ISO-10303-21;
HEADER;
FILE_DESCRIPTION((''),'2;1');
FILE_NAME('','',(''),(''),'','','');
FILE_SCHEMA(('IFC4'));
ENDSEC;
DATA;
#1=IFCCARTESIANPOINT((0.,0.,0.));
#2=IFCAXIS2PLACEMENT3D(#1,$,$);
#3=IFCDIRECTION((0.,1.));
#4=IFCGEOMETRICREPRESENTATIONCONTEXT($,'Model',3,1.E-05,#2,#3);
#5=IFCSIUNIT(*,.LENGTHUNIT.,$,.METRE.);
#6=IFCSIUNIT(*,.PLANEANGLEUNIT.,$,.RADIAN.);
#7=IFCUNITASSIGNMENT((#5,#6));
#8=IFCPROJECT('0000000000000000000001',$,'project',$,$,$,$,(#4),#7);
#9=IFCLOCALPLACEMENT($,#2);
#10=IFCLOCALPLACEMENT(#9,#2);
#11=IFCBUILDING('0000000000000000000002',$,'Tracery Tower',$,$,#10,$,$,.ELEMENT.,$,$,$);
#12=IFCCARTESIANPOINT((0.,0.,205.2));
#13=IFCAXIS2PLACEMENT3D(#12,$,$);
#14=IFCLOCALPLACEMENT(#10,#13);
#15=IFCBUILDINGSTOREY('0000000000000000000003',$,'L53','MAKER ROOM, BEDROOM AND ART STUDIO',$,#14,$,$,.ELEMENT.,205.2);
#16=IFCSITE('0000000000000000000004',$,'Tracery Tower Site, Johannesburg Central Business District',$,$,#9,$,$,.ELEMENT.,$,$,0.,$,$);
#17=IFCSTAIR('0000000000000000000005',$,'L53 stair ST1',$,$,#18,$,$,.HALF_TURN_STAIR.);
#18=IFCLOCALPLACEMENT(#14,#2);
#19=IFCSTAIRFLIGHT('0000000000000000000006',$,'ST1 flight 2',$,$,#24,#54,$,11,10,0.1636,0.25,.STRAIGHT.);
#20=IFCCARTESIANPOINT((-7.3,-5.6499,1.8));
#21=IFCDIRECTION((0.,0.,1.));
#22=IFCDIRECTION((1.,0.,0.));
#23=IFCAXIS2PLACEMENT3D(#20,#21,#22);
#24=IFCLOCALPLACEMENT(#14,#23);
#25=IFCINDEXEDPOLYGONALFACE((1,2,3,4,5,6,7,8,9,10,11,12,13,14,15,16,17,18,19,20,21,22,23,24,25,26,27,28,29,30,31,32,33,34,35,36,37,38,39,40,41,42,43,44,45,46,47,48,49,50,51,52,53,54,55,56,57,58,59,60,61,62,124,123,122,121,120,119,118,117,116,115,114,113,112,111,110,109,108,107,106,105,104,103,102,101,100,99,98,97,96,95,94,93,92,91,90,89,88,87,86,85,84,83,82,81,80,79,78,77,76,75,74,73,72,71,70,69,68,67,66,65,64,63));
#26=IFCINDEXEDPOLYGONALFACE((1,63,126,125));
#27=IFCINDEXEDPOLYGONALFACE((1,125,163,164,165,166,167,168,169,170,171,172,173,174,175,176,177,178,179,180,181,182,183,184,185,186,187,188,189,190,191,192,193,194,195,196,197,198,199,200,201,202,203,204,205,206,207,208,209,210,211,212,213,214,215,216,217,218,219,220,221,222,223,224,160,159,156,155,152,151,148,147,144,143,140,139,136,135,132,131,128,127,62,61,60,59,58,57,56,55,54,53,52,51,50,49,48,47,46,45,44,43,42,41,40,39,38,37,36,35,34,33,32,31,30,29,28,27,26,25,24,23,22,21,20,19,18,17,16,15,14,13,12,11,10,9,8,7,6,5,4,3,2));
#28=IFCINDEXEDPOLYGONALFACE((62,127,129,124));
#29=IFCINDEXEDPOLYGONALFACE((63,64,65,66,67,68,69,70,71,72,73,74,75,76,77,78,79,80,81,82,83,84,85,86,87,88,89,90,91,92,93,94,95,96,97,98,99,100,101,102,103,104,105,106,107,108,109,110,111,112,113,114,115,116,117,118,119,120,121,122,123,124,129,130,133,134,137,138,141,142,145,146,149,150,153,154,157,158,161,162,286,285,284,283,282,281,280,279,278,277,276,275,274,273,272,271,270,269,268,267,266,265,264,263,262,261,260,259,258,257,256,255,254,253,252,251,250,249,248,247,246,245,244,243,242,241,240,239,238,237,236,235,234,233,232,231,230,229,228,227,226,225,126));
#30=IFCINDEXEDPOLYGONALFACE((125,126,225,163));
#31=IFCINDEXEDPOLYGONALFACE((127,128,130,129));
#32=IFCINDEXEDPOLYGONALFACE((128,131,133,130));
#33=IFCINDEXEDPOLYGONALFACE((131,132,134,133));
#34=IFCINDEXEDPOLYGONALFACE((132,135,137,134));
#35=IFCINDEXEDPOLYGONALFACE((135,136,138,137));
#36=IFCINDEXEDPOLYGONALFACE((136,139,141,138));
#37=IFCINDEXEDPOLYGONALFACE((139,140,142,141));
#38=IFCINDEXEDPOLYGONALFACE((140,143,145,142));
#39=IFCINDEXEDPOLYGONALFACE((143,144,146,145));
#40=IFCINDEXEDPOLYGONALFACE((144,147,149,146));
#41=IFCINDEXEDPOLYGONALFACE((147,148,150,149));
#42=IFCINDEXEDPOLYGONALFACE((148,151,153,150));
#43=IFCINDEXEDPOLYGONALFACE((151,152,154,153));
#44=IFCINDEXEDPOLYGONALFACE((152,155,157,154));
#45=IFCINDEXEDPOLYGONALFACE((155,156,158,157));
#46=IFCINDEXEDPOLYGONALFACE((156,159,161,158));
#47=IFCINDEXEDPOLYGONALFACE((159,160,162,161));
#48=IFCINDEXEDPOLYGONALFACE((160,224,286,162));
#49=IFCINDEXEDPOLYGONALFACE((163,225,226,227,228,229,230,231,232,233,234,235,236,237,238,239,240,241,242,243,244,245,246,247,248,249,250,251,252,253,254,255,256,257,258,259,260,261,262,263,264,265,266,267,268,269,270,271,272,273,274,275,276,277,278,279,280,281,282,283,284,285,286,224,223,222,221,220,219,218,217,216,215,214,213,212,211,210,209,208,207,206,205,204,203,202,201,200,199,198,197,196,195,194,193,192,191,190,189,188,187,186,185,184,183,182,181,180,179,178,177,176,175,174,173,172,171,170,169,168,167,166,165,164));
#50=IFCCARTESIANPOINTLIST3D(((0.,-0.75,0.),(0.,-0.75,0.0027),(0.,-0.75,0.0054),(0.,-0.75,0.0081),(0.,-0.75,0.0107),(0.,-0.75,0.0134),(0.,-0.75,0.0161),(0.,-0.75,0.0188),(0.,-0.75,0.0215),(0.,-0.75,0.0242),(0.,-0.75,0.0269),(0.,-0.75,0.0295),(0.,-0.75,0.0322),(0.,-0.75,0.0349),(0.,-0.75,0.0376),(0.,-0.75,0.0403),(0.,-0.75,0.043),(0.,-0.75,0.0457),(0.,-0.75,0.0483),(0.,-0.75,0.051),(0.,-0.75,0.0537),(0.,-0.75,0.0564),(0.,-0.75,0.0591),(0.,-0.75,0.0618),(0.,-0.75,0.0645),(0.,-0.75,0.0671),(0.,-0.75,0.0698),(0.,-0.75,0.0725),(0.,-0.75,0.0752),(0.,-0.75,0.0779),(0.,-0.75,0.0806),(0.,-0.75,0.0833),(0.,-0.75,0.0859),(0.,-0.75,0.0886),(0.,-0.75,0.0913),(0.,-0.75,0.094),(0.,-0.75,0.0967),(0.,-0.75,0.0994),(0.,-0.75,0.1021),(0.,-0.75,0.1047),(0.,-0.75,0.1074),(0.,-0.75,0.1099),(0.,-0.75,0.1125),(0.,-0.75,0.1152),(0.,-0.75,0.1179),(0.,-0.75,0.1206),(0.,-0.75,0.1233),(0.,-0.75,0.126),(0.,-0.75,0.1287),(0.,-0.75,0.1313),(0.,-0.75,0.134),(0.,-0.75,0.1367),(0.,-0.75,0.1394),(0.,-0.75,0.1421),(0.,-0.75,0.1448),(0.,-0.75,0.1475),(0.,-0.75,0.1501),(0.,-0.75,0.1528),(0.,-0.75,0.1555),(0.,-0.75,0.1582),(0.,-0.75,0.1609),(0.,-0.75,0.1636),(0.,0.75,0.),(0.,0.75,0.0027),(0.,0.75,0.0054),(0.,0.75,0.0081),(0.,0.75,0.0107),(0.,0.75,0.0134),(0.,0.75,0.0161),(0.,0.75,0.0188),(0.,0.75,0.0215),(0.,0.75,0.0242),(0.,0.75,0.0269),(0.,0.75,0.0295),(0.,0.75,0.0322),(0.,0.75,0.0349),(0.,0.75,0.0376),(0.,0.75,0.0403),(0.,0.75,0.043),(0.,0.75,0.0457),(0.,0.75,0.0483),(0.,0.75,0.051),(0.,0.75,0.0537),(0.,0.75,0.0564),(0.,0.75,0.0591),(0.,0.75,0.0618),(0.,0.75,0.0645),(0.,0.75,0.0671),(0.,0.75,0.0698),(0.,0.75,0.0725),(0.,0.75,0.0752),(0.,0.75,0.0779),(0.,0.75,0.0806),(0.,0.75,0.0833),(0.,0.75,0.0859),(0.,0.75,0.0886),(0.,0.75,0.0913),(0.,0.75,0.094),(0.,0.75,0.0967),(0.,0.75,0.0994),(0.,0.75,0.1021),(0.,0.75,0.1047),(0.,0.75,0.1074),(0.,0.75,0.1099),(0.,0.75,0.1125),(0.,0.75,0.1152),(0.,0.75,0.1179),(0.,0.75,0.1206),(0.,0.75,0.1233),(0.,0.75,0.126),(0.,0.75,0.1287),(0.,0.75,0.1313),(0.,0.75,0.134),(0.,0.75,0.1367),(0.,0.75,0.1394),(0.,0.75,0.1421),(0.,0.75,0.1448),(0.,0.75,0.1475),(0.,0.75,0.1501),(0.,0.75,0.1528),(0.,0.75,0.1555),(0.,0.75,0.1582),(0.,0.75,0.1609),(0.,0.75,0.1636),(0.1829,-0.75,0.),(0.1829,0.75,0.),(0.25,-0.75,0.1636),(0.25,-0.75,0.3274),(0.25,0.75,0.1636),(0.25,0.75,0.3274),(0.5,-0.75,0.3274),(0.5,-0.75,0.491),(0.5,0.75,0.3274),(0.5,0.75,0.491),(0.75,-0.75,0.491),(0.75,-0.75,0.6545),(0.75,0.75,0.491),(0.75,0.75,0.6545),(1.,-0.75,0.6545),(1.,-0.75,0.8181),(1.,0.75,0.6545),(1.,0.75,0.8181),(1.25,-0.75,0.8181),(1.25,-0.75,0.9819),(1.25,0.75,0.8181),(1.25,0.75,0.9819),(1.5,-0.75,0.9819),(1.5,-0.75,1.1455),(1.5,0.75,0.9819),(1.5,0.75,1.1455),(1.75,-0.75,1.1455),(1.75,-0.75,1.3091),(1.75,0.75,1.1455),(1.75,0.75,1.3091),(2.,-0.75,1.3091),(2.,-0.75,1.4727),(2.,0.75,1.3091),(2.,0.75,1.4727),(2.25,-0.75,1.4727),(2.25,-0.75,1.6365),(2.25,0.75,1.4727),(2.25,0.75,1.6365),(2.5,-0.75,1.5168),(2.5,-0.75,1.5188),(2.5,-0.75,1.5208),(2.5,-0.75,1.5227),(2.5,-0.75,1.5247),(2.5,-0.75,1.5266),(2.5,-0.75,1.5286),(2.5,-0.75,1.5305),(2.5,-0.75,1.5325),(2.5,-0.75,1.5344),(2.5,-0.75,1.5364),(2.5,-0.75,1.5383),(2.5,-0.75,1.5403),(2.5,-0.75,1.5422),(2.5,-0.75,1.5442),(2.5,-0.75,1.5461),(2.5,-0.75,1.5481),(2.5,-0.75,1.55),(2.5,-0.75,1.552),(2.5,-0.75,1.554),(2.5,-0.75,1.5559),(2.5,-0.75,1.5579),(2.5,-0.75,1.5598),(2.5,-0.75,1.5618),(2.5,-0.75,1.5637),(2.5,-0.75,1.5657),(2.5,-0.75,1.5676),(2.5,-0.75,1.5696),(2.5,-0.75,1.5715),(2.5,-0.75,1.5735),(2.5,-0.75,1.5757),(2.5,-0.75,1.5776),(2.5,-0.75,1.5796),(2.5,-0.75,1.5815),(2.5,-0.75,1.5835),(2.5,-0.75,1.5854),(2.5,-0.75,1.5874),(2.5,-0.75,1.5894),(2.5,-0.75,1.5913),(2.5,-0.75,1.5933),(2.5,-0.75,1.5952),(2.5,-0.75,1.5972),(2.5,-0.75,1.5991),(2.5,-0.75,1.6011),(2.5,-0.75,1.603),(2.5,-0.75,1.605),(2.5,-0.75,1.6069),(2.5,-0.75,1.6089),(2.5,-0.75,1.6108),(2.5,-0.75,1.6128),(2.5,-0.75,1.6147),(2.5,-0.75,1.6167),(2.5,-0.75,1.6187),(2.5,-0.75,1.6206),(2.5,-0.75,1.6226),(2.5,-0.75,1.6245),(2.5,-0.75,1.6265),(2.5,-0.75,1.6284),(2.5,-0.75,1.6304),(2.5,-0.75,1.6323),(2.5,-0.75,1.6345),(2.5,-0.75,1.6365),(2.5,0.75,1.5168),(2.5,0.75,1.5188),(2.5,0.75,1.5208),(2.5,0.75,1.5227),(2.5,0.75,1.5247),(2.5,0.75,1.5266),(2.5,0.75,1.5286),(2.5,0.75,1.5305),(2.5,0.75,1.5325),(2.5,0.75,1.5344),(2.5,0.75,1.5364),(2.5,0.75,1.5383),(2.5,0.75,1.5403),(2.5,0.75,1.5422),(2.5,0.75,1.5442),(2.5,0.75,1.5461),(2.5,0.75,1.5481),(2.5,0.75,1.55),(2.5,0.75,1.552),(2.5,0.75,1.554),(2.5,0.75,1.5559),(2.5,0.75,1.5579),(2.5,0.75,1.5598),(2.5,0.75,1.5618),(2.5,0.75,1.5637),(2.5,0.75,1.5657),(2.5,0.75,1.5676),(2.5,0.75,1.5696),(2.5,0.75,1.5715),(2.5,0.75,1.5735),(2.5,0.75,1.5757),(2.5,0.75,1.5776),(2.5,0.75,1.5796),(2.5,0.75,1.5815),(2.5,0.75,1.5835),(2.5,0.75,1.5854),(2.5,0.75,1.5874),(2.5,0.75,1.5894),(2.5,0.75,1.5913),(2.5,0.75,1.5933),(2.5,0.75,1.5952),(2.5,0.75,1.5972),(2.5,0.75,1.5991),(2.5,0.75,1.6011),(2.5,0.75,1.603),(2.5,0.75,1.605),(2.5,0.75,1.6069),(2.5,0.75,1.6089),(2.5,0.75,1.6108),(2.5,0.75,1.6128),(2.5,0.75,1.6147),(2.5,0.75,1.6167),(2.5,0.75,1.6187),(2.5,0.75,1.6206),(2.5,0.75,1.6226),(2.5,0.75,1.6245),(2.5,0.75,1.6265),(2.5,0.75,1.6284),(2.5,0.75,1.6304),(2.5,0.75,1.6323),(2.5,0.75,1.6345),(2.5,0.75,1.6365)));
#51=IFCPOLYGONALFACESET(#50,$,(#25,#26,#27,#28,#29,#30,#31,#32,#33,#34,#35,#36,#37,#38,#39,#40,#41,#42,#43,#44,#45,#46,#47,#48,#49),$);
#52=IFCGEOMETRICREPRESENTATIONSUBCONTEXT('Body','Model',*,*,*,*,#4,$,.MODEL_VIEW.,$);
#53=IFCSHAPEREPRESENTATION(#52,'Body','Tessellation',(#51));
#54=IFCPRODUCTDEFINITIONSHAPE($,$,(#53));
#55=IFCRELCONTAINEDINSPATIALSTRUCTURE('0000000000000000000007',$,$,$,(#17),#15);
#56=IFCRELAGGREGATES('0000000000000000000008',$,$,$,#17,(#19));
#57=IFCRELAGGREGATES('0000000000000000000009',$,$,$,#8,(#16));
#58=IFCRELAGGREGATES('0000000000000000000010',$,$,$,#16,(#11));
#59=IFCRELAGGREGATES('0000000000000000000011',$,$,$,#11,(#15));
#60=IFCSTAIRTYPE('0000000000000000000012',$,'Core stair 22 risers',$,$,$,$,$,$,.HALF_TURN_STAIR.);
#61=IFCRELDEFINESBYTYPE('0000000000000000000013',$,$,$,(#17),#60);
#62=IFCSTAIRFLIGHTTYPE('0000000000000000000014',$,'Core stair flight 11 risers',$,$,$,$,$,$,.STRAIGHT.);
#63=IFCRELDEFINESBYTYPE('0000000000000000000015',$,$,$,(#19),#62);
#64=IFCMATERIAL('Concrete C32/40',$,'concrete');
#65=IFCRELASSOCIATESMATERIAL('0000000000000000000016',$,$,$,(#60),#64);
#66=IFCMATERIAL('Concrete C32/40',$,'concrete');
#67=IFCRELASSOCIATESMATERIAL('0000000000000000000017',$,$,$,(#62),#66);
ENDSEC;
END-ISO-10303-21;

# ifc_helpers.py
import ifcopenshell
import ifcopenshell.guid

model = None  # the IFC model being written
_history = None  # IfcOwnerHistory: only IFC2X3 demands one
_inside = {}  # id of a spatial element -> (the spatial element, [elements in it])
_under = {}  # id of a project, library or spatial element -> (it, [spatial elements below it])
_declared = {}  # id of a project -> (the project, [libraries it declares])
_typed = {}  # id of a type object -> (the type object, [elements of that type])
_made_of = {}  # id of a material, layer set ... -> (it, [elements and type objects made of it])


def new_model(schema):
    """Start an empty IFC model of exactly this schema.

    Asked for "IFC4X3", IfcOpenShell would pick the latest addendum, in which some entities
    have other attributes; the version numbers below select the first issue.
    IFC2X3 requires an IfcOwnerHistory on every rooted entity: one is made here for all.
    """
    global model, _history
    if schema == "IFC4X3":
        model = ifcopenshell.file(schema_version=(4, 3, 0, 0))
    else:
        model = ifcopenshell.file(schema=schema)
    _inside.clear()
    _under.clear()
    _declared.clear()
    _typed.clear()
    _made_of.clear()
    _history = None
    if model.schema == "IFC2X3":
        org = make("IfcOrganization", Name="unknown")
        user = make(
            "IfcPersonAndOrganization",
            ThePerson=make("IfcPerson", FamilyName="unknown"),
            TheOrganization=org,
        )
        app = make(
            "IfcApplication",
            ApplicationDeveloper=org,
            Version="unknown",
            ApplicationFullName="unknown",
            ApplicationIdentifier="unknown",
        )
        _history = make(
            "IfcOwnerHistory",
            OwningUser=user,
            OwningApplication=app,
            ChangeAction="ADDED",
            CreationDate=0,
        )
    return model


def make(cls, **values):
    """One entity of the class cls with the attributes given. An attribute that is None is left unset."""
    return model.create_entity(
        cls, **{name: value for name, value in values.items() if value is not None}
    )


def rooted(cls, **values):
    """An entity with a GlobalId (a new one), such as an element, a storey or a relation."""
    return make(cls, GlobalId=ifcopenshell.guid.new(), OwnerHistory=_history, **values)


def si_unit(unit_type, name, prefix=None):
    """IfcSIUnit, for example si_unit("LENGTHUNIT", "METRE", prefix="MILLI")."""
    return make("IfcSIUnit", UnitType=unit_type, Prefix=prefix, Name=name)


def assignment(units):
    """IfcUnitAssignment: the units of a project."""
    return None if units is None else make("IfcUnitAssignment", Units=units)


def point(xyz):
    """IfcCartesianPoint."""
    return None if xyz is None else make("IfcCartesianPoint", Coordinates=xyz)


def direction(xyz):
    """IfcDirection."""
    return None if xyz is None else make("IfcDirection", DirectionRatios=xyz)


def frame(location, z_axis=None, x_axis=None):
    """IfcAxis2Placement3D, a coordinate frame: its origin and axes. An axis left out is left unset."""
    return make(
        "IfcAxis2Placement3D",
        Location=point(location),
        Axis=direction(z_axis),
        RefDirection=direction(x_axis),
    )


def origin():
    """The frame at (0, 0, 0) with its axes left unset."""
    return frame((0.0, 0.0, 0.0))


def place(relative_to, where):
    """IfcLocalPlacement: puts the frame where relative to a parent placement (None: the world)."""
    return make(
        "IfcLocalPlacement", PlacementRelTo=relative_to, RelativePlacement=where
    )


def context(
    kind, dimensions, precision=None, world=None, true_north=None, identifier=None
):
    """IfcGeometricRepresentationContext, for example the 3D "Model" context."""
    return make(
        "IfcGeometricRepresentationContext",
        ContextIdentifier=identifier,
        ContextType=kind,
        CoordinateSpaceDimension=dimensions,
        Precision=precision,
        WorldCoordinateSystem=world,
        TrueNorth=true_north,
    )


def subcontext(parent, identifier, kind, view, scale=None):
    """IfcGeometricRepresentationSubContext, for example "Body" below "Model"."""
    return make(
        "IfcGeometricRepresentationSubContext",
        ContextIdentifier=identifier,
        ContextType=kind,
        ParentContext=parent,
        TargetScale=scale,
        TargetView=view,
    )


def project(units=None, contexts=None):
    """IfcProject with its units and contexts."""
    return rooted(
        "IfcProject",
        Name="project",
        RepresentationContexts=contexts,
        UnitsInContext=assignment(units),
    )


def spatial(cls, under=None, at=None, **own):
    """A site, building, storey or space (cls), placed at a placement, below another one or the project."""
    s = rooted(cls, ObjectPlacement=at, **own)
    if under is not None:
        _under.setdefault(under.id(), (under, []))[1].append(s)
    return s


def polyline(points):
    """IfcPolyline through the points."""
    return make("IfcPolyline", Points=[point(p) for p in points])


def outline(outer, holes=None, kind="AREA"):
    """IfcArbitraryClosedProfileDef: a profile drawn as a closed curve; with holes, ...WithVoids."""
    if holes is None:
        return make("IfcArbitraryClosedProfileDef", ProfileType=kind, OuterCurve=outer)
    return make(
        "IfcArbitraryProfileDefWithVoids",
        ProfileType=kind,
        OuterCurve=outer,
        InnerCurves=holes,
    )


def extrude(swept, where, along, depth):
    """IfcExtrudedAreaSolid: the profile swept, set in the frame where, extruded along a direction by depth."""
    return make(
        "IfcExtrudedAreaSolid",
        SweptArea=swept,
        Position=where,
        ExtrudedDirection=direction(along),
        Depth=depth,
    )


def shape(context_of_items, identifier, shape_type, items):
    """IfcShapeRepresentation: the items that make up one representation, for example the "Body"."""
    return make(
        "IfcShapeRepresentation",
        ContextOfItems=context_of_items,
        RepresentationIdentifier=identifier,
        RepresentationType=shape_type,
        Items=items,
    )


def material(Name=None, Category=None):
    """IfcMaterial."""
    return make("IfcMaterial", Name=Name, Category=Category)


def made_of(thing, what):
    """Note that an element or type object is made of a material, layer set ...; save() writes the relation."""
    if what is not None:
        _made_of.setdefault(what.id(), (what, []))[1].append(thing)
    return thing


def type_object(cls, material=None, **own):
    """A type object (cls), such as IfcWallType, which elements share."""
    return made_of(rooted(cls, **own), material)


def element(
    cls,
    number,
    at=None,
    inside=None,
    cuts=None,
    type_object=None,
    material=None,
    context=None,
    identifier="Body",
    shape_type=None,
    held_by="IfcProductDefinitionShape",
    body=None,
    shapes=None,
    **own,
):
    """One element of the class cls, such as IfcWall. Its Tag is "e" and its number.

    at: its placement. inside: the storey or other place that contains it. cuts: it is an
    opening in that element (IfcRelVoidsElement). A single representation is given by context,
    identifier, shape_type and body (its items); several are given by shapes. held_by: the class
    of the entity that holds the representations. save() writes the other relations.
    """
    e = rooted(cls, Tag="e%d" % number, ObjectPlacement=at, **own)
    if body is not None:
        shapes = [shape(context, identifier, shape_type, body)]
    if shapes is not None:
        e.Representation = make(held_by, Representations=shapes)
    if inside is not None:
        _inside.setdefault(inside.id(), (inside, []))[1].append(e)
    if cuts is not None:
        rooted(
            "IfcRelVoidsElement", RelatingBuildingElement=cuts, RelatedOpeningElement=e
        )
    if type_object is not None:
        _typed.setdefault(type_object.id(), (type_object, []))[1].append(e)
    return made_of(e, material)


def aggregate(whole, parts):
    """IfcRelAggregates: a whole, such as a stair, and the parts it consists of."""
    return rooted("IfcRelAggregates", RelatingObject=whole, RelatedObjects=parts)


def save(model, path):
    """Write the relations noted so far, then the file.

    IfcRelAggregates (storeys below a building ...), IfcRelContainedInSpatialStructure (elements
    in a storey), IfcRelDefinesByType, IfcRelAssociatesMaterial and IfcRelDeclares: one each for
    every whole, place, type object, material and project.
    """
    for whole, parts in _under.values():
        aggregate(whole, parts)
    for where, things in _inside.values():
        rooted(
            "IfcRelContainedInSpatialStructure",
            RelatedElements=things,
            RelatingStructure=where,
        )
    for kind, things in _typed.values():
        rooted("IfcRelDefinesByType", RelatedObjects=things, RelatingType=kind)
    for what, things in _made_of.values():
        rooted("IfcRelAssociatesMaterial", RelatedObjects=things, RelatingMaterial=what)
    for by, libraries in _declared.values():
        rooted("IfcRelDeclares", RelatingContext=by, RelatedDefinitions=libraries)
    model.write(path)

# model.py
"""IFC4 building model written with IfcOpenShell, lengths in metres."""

from ifc_helpers import new_model, si_unit, direction, frame, origin, place, context, subcontext, project, spatial, polyline, outline, extrude, material, type_object, element, aggregate, save


model = new_model("IFC4")

# Units and contexts
model_context = context("Model", 3, precision=1e-05, world=origin(), true_north=direction((0.0, 1.0)))
body_context = subcontext(model_context, "Body", "Model", "MODEL_VIEW")
ifc_project = project(units=[si_unit("LENGTHUNIT", "METRE"), si_unit("PLANEANGLEUNIT", "RADIAN")], contexts=[model_context])

# Site, building, storey
site_placement = place(None, origin())
site = spatial("IfcSite", under=ifc_project, at=site_placement, Name="Tracery Tower Site, Johannesburg Central Business District", CompositionType="ELEMENT", RefElevation=0.0)
building_placement = place(site_placement, origin())
building = spatial("IfcBuilding", under=site, at=building_placement, Name="Tracery Tower", CompositionType="ELEMENT")
storey_placement = place(building_placement, frame((0.0, 0.0, 205.2)))
storey = spatial("IfcBuildingStorey", under=building, at=storey_placement, Name="L53", Description="MAKER ROOM, BEDROOM AND ART STUDIO", CompositionType="ELEMENT", Elevation=205.2)

# Stair, stair flight
ifc_material_1 = material(Name="Concrete C32/40", Category="concrete")
stair_type = type_object("IfcStairType", Name="Core stair 22 risers", PredefinedType="HALF_TURN_STAIR", material=ifc_material_1)
stair_placement = place(storey_placement, origin())
stair = element("IfcStair", 1, at=stair_placement, inside=storey, type_object=stair_type, Name="L53 stair ST1", PredefinedType="HALF_TURN_STAIR")
ifc_material_2 = material(Name="Concrete C32/40", Category="concrete")
stair_flight_type = type_object("IfcStairFlightType", Name="Core stair flight 11 risers", PredefinedType="STRAIGHT", material=ifc_material_2)
stair_flight_1_placement = place(storey_placement, frame((-7.3, -5.6499, 1.8), z_axis=(0.0, 0.0, 1.0), x_axis=(1.0, 0.0, 0.0)))
stair_flight_1 = element("IfcStairFlight", 2, at=stair_flight_1_placement, type_object=stair_flight_type, Name="ST1 flight 2", NumberOfRisers=11, NumberOfTreads=10, PredefinedType="STRAIGHT", RiserHeight=0.1636, TreadLength=0.25, context=body_context, shape_type="SweptSolid", body=[
    extrude(outline(polyline([(0.0, 0.0), (0.0, 0.0027), (0.0, 0.0054), (0.0, 0.0081), (0.0, 0.0107), (0.0, 0.0134), (0.0, 0.0161), (0.0, 0.0188), (0.0, 0.0215), (0.0, 0.0242), (0.0, 0.0269), (0.0, 0.0295), (0.0, 0.0322), (0.0, 0.0349), (0.0, 0.0376), (0.0, 0.0403), (0.0, 0.043), (0.0, 0.0457), (0.0, 0.0483), (0.0, 0.051), (0.0, 0.0537), (0.0, 0.0564), (0.0, 0.0591), (0.0, 0.0618), (0.0, 0.0645), (0.0, 0.0671), (0.0, 0.0698), (0.0, 0.0725), (0.0, 0.0752), (0.0, 0.0779), (0.0, 0.0806), (0.0, 0.0833), (0.0, 0.0859), (0.0, 0.0886), (0.0, 0.0913), (0.0, 0.094), (0.0, 0.0967), (0.0, 0.0994), (0.0, 0.1021), (0.0, 0.1047), (0.0, 0.1074), (0.0, 0.1099), (0.0, 0.1125), (0.0, 0.1152), (0.0, 0.1179), (0.0, 0.1206), (0.0, 0.1233), (0.0, 0.126), (0.0, 0.1287), (0.0, 0.1313), (0.0, 0.134), (0.0, 0.1367), (0.0, 0.1394), (0.0, 0.1421), (0.0, 0.1448), (0.0, 0.1475), (0.0, 0.1501), (0.0, 0.1528), (0.0, 0.1555), (0.0, 0.1582), (0.0, 0.1609), (0.0, 0.1636), (0.25, 0.1636), (0.25, 0.3274), (0.5, 0.3274), (0.5, 0.491), (0.75, 0.491), (0.75, 0.6545), (1.0, 0.6545), (1.0, 0.8181), (1.25, 0.8181), (1.25, 0.9819), (1.5, 0.9819), (1.5, 1.1455), (1.75, 1.1455), (1.75, 1.3091), (2.0, 1.3091), (2.0, 1.4727), (2.25, 1.4727), (2.25, 1.6365), (2.5, 1.6365), (2.5, 1.6345), (2.5, 1.6323), (2.5, 1.6304), (2.5, 1.6284), (2.5, 1.6265), (2.5, 1.6245), (2.5, 1.6226), (2.5, 1.6206), (2.5, 1.6187), (2.5, 1.6167), (2.5, 1.6147), (2.5, 1.6128), (2.5, 1.6108), (2.5, 1.6089), (2.5, 1.6069), (2.5, 1.605), (2.5, 1.603), (2.5, 1.6011), (2.5, 1.5991), (2.5, 1.5972), (2.5, 1.5952), (2.5, 1.5933), (2.5, 1.5913), (2.5, 1.5894), (2.5, 1.5874), (2.5, 1.5854), (2.5, 1.5835), (2.5, 1.5815), (2.5, 1.5796), (2.5, 1.5776), (2.5, 1.5757), (2.5, 1.5735), (2.5, 1.5715), (2.5, 1.5696), (2.5, 1.5676), (2.5, 1.5657), (2.5, 1.5637), (2.5, 1.5618), (2.5, 1.5598), (2.5, 1.5579), (2.5, 1.5559), (2.5, 1.554), (2.5, 1.552), (2.5, 1.55), (2.5, 1.5481), (2.5, 1.5461), (2.5, 1.5442), (2.5, 1.5422), (2.5, 1.5403), (2.5, 1.5383), (2.5, 1.5364), (2.5, 1.5344), (2.5, 1.5325), (2.5, 1.5305), (2.5, 1.5286), (2.5, 1.5266), (2.5, 1.5247), (2.5, 1.5227), (2.5, 1.5208), (2.5, 1.5188), (2.5, 1.5168), (0.1829, 0.0), (0.0, 0.0)])), frame((0.0, 0.75, 0.0), z_axis=(0.0, -1.0, 0.0), x_axis=(1.0, 0.0, 0.0)), (0.0, 0.0, 1.0), 1.5),
])
aggregate(stair, [stair_flight_1])

save(model, "model.ifc")
